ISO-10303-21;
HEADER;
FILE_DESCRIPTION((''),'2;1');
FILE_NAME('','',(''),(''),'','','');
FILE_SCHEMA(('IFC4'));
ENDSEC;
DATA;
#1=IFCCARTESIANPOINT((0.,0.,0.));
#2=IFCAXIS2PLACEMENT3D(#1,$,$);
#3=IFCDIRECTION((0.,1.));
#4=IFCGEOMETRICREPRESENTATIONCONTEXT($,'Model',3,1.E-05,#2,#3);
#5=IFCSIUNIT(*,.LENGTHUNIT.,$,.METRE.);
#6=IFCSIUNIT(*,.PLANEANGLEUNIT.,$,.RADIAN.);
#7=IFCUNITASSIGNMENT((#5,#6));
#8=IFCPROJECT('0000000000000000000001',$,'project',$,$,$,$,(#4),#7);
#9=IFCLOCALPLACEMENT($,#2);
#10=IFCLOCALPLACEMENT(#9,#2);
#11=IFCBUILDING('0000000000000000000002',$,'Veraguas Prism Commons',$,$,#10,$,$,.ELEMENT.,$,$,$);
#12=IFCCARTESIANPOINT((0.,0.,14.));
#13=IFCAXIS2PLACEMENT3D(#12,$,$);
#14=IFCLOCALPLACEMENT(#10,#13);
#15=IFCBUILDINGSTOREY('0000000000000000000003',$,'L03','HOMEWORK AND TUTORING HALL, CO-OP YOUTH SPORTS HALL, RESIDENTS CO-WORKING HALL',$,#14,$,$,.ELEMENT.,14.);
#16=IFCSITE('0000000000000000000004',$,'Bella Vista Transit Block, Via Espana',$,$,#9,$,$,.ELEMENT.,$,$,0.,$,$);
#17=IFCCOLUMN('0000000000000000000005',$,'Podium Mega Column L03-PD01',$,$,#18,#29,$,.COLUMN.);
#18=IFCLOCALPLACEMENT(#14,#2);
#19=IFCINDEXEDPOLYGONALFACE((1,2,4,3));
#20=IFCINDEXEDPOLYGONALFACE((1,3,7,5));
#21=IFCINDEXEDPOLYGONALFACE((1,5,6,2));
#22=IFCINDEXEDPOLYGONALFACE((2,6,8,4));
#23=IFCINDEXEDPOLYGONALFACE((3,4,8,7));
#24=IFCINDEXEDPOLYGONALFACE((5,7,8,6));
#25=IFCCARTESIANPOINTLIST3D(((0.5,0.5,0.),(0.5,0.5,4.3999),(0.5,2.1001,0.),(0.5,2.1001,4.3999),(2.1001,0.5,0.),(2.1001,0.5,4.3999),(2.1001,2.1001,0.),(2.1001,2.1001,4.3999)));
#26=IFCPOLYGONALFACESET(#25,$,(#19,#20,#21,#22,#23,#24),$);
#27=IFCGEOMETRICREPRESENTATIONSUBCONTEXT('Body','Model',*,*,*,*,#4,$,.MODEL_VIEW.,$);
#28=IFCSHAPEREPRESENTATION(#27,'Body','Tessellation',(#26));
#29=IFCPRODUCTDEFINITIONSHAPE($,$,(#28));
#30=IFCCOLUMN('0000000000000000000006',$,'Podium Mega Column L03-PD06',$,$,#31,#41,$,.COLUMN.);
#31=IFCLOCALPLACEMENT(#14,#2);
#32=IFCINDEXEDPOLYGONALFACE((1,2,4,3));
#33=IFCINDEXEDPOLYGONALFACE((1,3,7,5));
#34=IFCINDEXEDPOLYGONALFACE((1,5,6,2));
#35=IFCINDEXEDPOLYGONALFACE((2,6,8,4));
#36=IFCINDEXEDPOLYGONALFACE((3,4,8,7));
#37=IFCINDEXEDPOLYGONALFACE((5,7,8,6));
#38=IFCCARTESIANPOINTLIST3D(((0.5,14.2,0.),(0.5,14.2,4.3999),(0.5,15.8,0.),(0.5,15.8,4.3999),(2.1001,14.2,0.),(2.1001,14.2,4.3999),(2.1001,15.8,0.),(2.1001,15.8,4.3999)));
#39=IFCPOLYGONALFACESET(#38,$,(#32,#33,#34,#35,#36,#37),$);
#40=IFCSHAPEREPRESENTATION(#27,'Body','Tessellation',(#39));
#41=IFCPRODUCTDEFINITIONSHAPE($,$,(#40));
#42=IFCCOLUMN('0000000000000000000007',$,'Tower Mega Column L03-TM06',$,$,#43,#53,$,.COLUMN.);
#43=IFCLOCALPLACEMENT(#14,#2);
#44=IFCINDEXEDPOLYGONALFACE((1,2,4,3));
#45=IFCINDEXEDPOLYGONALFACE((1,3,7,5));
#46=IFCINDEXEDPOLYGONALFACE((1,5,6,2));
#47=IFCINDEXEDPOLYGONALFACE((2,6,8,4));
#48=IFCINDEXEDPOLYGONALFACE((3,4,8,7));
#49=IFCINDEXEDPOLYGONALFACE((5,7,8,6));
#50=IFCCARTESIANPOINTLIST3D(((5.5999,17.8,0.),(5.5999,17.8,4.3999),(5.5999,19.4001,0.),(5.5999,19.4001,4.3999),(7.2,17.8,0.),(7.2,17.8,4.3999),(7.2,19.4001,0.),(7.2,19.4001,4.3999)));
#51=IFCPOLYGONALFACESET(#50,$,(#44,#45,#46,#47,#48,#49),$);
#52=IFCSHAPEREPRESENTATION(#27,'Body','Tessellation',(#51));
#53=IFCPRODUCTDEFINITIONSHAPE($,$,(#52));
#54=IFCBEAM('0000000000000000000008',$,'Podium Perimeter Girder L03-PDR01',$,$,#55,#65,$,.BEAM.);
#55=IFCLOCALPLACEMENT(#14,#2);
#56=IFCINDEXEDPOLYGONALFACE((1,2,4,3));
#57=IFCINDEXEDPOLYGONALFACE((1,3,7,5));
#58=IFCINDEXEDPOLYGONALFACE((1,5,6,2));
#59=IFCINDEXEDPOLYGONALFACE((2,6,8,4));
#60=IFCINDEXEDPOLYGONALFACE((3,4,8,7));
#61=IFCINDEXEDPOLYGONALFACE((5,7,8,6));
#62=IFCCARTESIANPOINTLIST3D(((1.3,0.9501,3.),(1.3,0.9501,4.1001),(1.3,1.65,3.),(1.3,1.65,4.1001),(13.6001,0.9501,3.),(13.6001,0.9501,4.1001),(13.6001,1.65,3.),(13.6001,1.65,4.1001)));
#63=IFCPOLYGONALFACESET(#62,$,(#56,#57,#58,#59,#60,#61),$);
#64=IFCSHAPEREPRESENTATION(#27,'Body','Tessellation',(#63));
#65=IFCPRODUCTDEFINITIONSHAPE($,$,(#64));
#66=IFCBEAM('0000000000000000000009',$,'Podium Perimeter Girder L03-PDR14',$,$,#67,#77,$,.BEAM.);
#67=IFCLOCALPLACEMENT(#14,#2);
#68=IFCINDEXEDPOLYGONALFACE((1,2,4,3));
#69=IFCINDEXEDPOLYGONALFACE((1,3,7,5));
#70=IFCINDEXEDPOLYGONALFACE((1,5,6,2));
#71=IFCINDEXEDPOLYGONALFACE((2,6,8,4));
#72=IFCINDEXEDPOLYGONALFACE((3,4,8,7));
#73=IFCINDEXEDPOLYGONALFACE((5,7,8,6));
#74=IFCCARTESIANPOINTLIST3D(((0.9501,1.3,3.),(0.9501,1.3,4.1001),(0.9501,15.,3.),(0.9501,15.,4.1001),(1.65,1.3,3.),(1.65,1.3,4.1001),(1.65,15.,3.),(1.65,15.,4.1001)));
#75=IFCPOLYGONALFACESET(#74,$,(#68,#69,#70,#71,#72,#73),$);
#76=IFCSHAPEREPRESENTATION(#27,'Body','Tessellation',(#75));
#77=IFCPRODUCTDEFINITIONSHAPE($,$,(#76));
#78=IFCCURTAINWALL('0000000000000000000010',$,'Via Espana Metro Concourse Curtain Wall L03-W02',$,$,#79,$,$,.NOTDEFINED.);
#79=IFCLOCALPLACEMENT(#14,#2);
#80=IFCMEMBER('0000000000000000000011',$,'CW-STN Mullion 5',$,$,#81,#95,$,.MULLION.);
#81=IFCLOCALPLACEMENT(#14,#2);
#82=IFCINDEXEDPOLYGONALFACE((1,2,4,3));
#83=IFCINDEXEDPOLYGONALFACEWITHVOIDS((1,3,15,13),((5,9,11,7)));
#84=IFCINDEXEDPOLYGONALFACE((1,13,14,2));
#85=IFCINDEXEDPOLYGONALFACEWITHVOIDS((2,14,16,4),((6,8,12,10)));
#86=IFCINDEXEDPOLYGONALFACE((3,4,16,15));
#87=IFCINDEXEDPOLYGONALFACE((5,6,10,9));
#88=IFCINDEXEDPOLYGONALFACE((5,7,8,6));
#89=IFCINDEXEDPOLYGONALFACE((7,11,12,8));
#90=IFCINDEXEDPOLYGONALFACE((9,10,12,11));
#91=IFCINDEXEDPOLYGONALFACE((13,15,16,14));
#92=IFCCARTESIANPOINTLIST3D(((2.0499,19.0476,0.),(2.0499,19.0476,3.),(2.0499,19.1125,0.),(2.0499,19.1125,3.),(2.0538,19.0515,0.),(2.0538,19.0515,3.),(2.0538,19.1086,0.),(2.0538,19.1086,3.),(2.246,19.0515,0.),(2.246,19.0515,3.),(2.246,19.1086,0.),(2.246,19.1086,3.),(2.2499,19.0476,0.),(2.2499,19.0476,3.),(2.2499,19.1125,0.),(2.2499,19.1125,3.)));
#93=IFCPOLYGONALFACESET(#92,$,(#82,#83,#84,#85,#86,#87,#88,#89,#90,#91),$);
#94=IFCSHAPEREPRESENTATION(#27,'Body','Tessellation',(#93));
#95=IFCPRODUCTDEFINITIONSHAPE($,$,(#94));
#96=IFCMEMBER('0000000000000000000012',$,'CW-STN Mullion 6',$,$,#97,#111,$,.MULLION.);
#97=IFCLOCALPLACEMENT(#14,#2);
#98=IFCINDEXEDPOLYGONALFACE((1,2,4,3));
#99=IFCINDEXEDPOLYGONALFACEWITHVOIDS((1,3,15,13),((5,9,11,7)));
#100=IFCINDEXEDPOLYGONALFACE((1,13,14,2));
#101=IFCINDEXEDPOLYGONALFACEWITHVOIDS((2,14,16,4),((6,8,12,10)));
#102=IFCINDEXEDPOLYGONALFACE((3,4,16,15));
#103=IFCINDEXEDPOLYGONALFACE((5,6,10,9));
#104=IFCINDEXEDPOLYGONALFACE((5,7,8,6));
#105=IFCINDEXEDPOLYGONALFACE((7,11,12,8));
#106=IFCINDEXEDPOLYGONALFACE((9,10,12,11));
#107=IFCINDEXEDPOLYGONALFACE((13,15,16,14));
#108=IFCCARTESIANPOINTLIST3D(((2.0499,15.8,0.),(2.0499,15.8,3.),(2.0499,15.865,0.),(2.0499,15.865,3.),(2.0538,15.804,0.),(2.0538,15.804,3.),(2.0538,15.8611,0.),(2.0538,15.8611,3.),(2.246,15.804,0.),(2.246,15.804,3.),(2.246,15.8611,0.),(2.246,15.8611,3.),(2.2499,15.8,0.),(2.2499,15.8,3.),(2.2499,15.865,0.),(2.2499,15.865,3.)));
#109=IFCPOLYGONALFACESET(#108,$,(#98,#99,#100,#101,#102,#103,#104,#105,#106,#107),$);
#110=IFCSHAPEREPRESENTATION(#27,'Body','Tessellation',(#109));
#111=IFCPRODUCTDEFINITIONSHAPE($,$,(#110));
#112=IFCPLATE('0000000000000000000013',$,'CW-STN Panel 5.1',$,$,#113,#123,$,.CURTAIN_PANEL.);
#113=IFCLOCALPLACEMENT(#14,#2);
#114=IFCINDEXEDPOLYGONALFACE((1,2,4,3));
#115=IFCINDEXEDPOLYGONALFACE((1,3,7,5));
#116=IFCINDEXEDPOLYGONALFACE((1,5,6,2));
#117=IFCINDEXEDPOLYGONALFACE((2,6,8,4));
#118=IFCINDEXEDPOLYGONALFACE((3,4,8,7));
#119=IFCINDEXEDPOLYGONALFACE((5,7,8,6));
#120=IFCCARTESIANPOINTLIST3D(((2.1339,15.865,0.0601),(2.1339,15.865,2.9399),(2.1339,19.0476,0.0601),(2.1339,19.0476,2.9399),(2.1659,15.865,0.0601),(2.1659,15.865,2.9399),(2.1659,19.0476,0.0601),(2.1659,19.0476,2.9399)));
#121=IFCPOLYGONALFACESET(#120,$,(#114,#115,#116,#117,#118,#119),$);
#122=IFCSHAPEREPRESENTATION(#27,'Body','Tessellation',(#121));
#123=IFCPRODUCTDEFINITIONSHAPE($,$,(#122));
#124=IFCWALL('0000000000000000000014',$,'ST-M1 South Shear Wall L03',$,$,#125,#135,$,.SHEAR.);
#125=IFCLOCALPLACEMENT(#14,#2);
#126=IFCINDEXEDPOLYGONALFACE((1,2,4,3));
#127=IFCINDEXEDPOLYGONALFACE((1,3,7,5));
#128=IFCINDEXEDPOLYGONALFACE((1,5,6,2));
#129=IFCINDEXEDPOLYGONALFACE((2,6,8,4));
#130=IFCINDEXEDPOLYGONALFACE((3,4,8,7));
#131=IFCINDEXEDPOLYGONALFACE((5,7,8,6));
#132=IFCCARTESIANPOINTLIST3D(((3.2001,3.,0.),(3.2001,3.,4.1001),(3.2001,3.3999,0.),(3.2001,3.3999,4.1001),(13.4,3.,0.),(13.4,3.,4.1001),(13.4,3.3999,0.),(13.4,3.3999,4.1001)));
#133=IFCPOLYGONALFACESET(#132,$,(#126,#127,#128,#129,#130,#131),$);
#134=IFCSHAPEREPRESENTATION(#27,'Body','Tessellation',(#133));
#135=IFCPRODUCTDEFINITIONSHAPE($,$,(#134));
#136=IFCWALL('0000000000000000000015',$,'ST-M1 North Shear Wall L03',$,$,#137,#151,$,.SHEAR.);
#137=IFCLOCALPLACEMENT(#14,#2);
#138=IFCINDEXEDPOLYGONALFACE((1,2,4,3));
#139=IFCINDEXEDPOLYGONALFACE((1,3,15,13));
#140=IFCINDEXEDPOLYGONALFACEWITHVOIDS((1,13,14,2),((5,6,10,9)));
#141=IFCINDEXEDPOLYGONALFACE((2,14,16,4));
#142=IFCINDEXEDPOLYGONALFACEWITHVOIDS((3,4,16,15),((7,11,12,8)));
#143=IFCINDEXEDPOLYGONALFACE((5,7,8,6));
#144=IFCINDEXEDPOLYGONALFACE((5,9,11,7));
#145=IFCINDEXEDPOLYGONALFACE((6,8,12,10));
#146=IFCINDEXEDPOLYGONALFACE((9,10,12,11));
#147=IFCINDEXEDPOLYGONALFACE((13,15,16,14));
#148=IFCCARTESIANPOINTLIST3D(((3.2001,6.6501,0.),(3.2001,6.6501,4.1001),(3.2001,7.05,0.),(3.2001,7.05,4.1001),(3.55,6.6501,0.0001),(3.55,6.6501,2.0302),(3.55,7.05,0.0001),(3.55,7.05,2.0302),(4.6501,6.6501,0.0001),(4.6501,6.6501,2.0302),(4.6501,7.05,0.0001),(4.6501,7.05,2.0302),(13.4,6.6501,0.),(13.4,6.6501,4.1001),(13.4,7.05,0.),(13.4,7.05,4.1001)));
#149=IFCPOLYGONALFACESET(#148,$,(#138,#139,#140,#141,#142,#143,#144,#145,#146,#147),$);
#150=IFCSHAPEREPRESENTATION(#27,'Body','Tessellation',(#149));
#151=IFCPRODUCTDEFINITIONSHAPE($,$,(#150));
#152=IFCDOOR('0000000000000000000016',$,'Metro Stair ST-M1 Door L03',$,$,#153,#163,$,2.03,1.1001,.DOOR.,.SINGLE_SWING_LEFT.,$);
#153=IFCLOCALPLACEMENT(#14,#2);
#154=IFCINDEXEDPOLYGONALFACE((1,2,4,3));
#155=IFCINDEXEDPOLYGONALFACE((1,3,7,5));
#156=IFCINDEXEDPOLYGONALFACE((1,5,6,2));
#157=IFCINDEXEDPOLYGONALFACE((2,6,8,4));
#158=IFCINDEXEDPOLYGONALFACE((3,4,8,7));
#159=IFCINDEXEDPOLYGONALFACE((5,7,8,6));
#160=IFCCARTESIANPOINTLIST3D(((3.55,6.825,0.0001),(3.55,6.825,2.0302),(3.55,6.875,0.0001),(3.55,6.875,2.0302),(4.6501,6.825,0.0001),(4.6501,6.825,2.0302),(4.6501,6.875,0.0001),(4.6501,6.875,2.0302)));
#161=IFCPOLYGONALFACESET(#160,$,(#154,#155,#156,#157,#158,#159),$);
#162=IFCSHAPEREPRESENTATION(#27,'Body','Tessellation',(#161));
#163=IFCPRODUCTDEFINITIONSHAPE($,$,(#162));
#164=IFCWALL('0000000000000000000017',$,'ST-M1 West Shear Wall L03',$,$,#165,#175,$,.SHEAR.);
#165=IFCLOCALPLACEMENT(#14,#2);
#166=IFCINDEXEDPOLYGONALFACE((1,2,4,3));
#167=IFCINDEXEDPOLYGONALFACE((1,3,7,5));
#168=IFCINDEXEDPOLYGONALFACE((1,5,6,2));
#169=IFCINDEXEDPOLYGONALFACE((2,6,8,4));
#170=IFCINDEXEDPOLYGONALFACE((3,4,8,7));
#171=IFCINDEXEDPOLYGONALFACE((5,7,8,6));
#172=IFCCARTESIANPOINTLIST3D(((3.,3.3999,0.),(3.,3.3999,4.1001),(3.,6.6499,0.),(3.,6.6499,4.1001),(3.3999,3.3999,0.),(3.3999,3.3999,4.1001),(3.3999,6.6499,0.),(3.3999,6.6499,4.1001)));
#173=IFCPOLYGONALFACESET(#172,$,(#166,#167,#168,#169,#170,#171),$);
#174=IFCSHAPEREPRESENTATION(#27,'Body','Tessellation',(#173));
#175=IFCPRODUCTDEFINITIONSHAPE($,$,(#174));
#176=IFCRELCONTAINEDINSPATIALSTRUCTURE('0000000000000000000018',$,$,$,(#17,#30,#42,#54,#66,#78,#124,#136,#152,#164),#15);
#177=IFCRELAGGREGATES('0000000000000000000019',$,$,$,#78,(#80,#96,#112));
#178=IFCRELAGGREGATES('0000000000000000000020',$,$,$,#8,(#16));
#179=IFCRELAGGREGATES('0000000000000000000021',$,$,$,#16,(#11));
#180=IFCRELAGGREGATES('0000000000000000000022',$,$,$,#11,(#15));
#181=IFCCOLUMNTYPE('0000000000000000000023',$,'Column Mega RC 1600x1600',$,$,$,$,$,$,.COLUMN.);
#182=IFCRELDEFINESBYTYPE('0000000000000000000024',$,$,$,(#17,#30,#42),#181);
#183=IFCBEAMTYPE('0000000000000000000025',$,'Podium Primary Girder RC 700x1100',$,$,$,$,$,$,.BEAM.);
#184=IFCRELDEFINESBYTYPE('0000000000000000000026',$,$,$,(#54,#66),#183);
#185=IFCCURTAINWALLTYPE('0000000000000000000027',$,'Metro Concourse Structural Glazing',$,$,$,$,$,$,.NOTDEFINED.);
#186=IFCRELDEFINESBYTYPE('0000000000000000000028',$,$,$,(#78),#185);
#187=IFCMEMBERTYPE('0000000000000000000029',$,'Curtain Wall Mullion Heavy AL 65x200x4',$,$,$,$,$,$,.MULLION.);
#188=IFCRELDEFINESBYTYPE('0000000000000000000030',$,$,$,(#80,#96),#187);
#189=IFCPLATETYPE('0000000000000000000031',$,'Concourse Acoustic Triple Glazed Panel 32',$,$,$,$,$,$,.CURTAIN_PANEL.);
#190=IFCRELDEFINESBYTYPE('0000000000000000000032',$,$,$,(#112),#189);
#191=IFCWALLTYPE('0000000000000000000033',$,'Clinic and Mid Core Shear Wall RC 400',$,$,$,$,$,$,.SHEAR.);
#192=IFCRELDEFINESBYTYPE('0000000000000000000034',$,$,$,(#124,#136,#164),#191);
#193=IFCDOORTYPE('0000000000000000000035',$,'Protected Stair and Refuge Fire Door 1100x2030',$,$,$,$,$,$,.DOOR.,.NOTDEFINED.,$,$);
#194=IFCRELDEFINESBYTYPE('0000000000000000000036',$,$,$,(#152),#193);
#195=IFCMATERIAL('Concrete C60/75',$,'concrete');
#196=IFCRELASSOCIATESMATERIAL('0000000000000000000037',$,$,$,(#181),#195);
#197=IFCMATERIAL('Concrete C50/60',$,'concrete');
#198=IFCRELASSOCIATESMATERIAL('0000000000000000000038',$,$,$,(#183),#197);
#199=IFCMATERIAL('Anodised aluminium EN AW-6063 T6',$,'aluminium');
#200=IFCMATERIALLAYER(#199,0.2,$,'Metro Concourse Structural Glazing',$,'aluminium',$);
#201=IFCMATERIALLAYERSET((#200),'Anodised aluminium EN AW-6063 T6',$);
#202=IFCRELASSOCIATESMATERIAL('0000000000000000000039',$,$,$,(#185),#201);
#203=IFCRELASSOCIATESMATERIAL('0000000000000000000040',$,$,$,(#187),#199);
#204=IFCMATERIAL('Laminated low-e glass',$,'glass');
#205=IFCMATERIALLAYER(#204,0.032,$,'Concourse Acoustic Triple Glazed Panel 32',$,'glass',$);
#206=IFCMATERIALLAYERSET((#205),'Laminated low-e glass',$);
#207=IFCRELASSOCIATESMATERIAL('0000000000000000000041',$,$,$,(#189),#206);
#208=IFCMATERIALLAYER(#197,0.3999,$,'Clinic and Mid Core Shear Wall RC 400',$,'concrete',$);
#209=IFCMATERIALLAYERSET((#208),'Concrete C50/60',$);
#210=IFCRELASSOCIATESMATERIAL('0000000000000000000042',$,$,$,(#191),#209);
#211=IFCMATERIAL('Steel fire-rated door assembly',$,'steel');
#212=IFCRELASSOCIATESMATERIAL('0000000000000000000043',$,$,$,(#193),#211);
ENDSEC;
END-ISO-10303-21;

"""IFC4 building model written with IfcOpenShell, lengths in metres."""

from ifc_helpers import new_model, si_unit, direction, frame, frame_2d, origin, origin_2d, place, context, subcontext, project, spatial, rectangle, hollow_rectangle, extrude, source, transform, mapped, material, layer, layer_set, material_profile, profile_set, type_object, element, fill, aggregate, save


model = new_model("IFC4")

# Units and contexts
model_context = context("Model", 3, precision=1e-05, world=origin(), true_north=direction((0.0, 1.0)))
body_context = subcontext(model_context, "Body", "Model", "MODEL_VIEW")
ifc_project = project(units=[si_unit("LENGTHUNIT", "METRE"), si_unit("PLANEANGLEUNIT", "RADIAN")], contexts=[model_context])

# Site, building, storey
site_placement = place(None, origin())
site = spatial("IfcSite", under=ifc_project, at=site_placement, Name="Bella Vista Transit Block, Via Espana", CompositionType="ELEMENT", RefElevation=0.0)
building_placement = place(site_placement, origin())
building = spatial("IfcBuilding", under=site, at=building_placement, Name="Veraguas Prism Commons", CompositionType="ELEMENT")
storey_placement = place(building_placement, frame((0.0, 0.0, 14.0)))
storey = spatial("IfcBuildingStorey", under=building, at=storey_placement, Name="L03", Description="HOMEWORK AND TUTORING HALL, CO-OP YOUTH SPORTS HALL, RESIDENTS CO-WORKING HALL", CompositionType="ELEMENT", Elevation=14.0)

# Columns
ifc_material_1 = material(Name="Concrete C60/75", Category="concrete")
ifc_material_profile_1 = material_profile(ifc_material_1, rectangle(XDim=1.6001, YDim=1.6001, at=origin_2d()), Name="RC1600X1600")
ifc_profile_set_1 = profile_set([ifc_material_profile_1], Name="Concrete C60/75")
column_type = type_object("IfcColumnType", Name="Column Mega RC 1600x1600", PredefinedType="COLUMN", material=ifc_profile_set_1)
for number, where, z_axis, x_axis, name in (
    (1, (1.3, 1.3, 0.0), (0.0, 0.0, 1.0), (1.0, 0.0, 0.0), "Podium Mega Column L03-PD01"),
    (2, (1.3, 15.0, 0.0), (0.0, 0.0, 1.0), (1.0, 0.0, 0.0), "Podium Mega Column L03-PD06"),
    (3, (6.3999, 18.6001, 0.0), (0.0, 0.0, 1.0), (1.0, 0.0, 0.0), "Tower Mega Column L03-TM06"),
):
    element("IfcColumn", number, at=place(storey_placement, frame(where, z_axis=z_axis, x_axis=x_axis)), inside=storey, type_object=column_type, Name=name, PredefinedType="COLUMN", context=body_context, shape_type="SweptSolid", body=[
        extrude(rectangle(XDim=1.6001, YDim=1.6001, at=origin_2d()), origin(), (0.0, 0.0, 1.0), 4.3999),
    ])

# Beams
ifc_material_2 = material(Name="Concrete C50/60", Category="concrete")
ifc_material_profile_2 = material_profile(ifc_material_2, rectangle(XDim=0.7, YDim=1.1001, at=origin_2d()), Name="RC700X1100")
ifc_profile_set_2 = profile_set([ifc_material_profile_2], Name="Concrete C50/60")
beam_type = type_object("IfcBeamType", Name="Podium Primary Girder RC 700x1100", PredefinedType="BEAM", material=ifc_profile_set_2)
beam_1_placement = place(storey_placement, frame((1.3, 1.3, 3.55), z_axis=(1.0, 0.0, 0.0), x_axis=(0.0, 1.0, 0.0)))
element("IfcBeam", 4, at=beam_1_placement, inside=storey, type_object=beam_type, Name="Podium Perimeter Girder L03-PDR01", PredefinedType="BEAM", context=body_context, shape_type="SweptSolid", body=[
    extrude(rectangle(XDim=0.7, YDim=1.1001, at=origin_2d()), origin(), (0.0, 0.0, 1.0), 12.3),
])
beam_2_placement = place(storey_placement, frame((1.3, 15.0, 3.55), z_axis=(0.0, -1.0, 0.0), x_axis=(1.0, 0.0, 0.0)))
element("IfcBeam", 5, at=beam_2_placement, inside=storey, type_object=beam_type, Name="Podium Perimeter Girder L03-PDR14", PredefinedType="BEAM", context=body_context, shape_type="SweptSolid", body=[
    extrude(rectangle(XDim=0.7, YDim=1.1001, at=origin_2d()), origin(), (0.0, 0.0, 1.0), 13.7),
])

# Curtain wall, members, plate
ifc_material_3 = material(Name="Anodised aluminium EN AW-6063 T6", Category="aluminium")
ifc_layer_1 = layer(ifc_material_3, 0.2, Name="Metro Concourse Structural Glazing", Category="aluminium")
ifc_layer_set_1 = layer_set([ifc_layer_1], Name="Anodised aluminium EN AW-6063 T6")
curtain_wall_type = type_object("IfcCurtainWallType", Name="Metro Concourse Structural Glazing", PredefinedType="NOTDEFINED", material=ifc_layer_set_1)
curtain_wall_placement = place(storey_placement, origin())
curtain_wall = element("IfcCurtainWall", 6, at=curtain_wall_placement, inside=storey, type_object=curtain_wall_type, Name="Via Espana Metro Concourse Curtain Wall L03-W02", PredefinedType="NOTDEFINED")
ifc_material_profile_3 = material_profile(ifc_material_3, hollow_rectangle(XDim=0.0649, YDim=0.2, WallThickness=0.0039, at=origin_2d()), Name="AL65X200X4")
ifc_profile_set_3 = profile_set([ifc_material_profile_3], Name="Anodised aluminium EN AW-6063 T6")
member_type = type_object("IfcMemberType", Name="Curtain Wall Mullion Heavy AL 65x200x4", PredefinedType="MULLION", material=ifc_profile_set_3)
shared_shape_1 = source(origin(), body_context, "Body", "SweptSolid", [
    extrude(hollow_rectangle(XDim=0.0649, YDim=0.2, WallThickness=0.0039, at=origin_2d()), origin(), (0.0, 0.0, 1.0), 3.0),
])
member_1_placement = place(storey_placement, frame((2.1499, 19.0801, 0.0), z_axis=(0.0, 0.0, 1.0), x_axis=(0.0, -1.0, 0.0)))
member_1 = element("IfcMember", 7, at=member_1_placement, type_object=member_type, Name="CW-STN Mullion 5", PredefinedType="MULLION", context=body_context, shape_type="MappedRepresentation", body=[
    mapped(shared_shape_1, transform((0.0, 0.0, 0.0), scale=1.0)),
])
member_2_placement = place(storey_placement, frame((2.1499, 15.8325, 0.0), z_axis=(0.0, 0.0, 1.0), x_axis=(0.0, -1.0, 0.0)))
member_2 = element("IfcMember", 8, at=member_2_placement, type_object=member_type, Name="CW-STN Mullion 6", PredefinedType="MULLION", context=body_context, shape_type="MappedRepresentation", body=[
    mapped(shared_shape_1, transform((0.0, 0.0, 0.0), scale=1.0)),
])
ifc_material_4 = material(Name="Laminated low-e glass", Category="glass")
ifc_layer_2 = layer(ifc_material_4, 0.032, Name="Concourse Acoustic Triple Glazed Panel 32", Category="glass")
ifc_layer_set_2 = layer_set([ifc_layer_2], Name="Laminated low-e glass")
plate_type = type_object("IfcPlateType", Name="Concourse Acoustic Triple Glazed Panel 32", PredefinedType="CURTAIN_PANEL", material=ifc_layer_set_2)
shared_shape_2 = source(origin(), body_context, "Body", "SweptSolid", [
    extrude(rectangle(XDim=3.1826, YDim=0.032, at=origin_2d()), origin(), (0.0, 0.0, 1.0), 2.8799),
])
plate_placement = place(storey_placement, frame((2.1499, 17.4563, 0.0601), z_axis=(0.0, 0.0, 1.0), x_axis=(0.0, -1.0, 0.0)))
plate = element("IfcPlate", 9, at=plate_placement, type_object=plate_type, Name="CW-STN Panel 5.1", PredefinedType="CURTAIN_PANEL", context=body_context, shape_type="MappedRepresentation", body=[
    mapped(shared_shape_2, transform((0.0, 0.0, 0.0), scale=1.0)),
])
aggregate(curtain_wall, [member_1, member_2, plate])

# Wall
ifc_layer_3 = layer(ifc_material_2, 0.3999, Name="Clinic and Mid Core Shear Wall RC 400", Category="concrete")
ifc_layer_set_3 = layer_set([ifc_layer_3], Name="Concrete C50/60")
wall_type_1 = type_object("IfcWallType", Name="Clinic and Mid Core Shear Wall RC 400", PredefinedType="SHEAR", material=ifc_layer_set_3)
wall_1_placement = place(storey_placement, frame((3.2, 3.2, 0.0), z_axis=(0.0, 0.0, 1.0), x_axis=(1.0, 0.0, 0.0)))
element("IfcWall", 10, at=wall_1_placement, inside=storey, type_object=wall_type_1, Name="ST-M1 South Shear Wall L03", PredefinedType="SHEAR", context=body_context, shape_type="SweptSolid", body=[
    extrude(rectangle(XDim=10.2, YDim=0.3999, at=frame_2d((5.1001, 0.0))), origin(), (0.0, 0.0, 1.0), 4.1001),
])

# Wall, opening, door
wall_2_placement = place(storey_placement, frame((3.2, 6.8501, 0.0), z_axis=(0.0, 0.0, 1.0), x_axis=(1.0, 0.0, 0.0)))
wall_2 = element("IfcWall", 11, at=wall_2_placement, inside=storey, type_object=wall_type_1, Name="ST-M1 North Shear Wall L03", PredefinedType="SHEAR", context=body_context, shape_type="SweptSolid", body=[
    extrude(rectangle(XDim=10.2, YDim=0.3999, at=frame_2d((5.1001, 0.0))), origin(), (0.0, 0.0, 1.0), 4.1001),
])
opening_1_placement = place(wall_2_placement, frame((0.3501, 0.0, 0.0)))
opening_1 = element("IfcOpeningElement", 12, at=opening_1_placement, cuts=wall_2, PredefinedType="OPENING", context=body_context, shape_type="SweptSolid", body=[
    extrude(rectangle(XDim=1.1001, YDim=2.03, at=frame_2d((0.55, 1.0151))), frame((0.0, 0.21, 0.0), z_axis=(0.0, -1.0, 0.0), x_axis=(1.0, 0.0, 0.0)), (0.0, 0.0, 1.0), 0.4199),
])
ifc_material_5 = material(Name="Steel fire-rated door assembly", Category="steel")
door_type = type_object("IfcDoorType", Name="Protected Stair and Refuge Fire Door 1100x2030", OperationType="NOTDEFINED", PredefinedType="DOOR", material=ifc_material_5)
shared_shape_3 = source(origin(), body_context, "Body", "SweptSolid", [
    extrude(rectangle(XDim=1.1001, YDim=2.03, at=frame_2d((0.55, 1.0151))), frame((0.0, 0.0249, 0.0), z_axis=(0.0, -1.0, 0.0), x_axis=(1.0, 0.0, 0.0)), (0.0, 0.0, 1.0), 0.05),
])
door_placement = place(opening_1_placement, origin())
door = element("IfcDoor", 13, at=door_placement, inside=storey, type_object=door_type, Name="Metro Stair ST-M1 Door L03", OperationType="SINGLE_SWING_LEFT", OverallHeight=2.03, OverallWidth=1.1001, PredefinedType="DOOR", context=body_context, shape_type="MappedRepresentation", body=[
    mapped(shared_shape_3, transform((0.0, 0.0, 0.0), scale=1.0)),
])
fill(opening_1, door)

# Wall
wall_3_placement = place(storey_placement, frame((3.2, 3.3999, 0.0), z_axis=(0.0, 0.0, 1.0), x_axis=(0.0, 1.0, 0.0)))
element("IfcWall", 14, at=wall_3_placement, inside=storey, type_object=wall_type_1, Name="ST-M1 West Shear Wall L03", PredefinedType="SHEAR", context=body_context, shape_type="SweptSolid", body=[
    extrude(rectangle(XDim=3.25, YDim=0.3999, at=frame_2d((1.625, 0.0))), origin(), (0.0, 0.0, 1.0), 4.1001),
])

save(model, "model.ifc")
